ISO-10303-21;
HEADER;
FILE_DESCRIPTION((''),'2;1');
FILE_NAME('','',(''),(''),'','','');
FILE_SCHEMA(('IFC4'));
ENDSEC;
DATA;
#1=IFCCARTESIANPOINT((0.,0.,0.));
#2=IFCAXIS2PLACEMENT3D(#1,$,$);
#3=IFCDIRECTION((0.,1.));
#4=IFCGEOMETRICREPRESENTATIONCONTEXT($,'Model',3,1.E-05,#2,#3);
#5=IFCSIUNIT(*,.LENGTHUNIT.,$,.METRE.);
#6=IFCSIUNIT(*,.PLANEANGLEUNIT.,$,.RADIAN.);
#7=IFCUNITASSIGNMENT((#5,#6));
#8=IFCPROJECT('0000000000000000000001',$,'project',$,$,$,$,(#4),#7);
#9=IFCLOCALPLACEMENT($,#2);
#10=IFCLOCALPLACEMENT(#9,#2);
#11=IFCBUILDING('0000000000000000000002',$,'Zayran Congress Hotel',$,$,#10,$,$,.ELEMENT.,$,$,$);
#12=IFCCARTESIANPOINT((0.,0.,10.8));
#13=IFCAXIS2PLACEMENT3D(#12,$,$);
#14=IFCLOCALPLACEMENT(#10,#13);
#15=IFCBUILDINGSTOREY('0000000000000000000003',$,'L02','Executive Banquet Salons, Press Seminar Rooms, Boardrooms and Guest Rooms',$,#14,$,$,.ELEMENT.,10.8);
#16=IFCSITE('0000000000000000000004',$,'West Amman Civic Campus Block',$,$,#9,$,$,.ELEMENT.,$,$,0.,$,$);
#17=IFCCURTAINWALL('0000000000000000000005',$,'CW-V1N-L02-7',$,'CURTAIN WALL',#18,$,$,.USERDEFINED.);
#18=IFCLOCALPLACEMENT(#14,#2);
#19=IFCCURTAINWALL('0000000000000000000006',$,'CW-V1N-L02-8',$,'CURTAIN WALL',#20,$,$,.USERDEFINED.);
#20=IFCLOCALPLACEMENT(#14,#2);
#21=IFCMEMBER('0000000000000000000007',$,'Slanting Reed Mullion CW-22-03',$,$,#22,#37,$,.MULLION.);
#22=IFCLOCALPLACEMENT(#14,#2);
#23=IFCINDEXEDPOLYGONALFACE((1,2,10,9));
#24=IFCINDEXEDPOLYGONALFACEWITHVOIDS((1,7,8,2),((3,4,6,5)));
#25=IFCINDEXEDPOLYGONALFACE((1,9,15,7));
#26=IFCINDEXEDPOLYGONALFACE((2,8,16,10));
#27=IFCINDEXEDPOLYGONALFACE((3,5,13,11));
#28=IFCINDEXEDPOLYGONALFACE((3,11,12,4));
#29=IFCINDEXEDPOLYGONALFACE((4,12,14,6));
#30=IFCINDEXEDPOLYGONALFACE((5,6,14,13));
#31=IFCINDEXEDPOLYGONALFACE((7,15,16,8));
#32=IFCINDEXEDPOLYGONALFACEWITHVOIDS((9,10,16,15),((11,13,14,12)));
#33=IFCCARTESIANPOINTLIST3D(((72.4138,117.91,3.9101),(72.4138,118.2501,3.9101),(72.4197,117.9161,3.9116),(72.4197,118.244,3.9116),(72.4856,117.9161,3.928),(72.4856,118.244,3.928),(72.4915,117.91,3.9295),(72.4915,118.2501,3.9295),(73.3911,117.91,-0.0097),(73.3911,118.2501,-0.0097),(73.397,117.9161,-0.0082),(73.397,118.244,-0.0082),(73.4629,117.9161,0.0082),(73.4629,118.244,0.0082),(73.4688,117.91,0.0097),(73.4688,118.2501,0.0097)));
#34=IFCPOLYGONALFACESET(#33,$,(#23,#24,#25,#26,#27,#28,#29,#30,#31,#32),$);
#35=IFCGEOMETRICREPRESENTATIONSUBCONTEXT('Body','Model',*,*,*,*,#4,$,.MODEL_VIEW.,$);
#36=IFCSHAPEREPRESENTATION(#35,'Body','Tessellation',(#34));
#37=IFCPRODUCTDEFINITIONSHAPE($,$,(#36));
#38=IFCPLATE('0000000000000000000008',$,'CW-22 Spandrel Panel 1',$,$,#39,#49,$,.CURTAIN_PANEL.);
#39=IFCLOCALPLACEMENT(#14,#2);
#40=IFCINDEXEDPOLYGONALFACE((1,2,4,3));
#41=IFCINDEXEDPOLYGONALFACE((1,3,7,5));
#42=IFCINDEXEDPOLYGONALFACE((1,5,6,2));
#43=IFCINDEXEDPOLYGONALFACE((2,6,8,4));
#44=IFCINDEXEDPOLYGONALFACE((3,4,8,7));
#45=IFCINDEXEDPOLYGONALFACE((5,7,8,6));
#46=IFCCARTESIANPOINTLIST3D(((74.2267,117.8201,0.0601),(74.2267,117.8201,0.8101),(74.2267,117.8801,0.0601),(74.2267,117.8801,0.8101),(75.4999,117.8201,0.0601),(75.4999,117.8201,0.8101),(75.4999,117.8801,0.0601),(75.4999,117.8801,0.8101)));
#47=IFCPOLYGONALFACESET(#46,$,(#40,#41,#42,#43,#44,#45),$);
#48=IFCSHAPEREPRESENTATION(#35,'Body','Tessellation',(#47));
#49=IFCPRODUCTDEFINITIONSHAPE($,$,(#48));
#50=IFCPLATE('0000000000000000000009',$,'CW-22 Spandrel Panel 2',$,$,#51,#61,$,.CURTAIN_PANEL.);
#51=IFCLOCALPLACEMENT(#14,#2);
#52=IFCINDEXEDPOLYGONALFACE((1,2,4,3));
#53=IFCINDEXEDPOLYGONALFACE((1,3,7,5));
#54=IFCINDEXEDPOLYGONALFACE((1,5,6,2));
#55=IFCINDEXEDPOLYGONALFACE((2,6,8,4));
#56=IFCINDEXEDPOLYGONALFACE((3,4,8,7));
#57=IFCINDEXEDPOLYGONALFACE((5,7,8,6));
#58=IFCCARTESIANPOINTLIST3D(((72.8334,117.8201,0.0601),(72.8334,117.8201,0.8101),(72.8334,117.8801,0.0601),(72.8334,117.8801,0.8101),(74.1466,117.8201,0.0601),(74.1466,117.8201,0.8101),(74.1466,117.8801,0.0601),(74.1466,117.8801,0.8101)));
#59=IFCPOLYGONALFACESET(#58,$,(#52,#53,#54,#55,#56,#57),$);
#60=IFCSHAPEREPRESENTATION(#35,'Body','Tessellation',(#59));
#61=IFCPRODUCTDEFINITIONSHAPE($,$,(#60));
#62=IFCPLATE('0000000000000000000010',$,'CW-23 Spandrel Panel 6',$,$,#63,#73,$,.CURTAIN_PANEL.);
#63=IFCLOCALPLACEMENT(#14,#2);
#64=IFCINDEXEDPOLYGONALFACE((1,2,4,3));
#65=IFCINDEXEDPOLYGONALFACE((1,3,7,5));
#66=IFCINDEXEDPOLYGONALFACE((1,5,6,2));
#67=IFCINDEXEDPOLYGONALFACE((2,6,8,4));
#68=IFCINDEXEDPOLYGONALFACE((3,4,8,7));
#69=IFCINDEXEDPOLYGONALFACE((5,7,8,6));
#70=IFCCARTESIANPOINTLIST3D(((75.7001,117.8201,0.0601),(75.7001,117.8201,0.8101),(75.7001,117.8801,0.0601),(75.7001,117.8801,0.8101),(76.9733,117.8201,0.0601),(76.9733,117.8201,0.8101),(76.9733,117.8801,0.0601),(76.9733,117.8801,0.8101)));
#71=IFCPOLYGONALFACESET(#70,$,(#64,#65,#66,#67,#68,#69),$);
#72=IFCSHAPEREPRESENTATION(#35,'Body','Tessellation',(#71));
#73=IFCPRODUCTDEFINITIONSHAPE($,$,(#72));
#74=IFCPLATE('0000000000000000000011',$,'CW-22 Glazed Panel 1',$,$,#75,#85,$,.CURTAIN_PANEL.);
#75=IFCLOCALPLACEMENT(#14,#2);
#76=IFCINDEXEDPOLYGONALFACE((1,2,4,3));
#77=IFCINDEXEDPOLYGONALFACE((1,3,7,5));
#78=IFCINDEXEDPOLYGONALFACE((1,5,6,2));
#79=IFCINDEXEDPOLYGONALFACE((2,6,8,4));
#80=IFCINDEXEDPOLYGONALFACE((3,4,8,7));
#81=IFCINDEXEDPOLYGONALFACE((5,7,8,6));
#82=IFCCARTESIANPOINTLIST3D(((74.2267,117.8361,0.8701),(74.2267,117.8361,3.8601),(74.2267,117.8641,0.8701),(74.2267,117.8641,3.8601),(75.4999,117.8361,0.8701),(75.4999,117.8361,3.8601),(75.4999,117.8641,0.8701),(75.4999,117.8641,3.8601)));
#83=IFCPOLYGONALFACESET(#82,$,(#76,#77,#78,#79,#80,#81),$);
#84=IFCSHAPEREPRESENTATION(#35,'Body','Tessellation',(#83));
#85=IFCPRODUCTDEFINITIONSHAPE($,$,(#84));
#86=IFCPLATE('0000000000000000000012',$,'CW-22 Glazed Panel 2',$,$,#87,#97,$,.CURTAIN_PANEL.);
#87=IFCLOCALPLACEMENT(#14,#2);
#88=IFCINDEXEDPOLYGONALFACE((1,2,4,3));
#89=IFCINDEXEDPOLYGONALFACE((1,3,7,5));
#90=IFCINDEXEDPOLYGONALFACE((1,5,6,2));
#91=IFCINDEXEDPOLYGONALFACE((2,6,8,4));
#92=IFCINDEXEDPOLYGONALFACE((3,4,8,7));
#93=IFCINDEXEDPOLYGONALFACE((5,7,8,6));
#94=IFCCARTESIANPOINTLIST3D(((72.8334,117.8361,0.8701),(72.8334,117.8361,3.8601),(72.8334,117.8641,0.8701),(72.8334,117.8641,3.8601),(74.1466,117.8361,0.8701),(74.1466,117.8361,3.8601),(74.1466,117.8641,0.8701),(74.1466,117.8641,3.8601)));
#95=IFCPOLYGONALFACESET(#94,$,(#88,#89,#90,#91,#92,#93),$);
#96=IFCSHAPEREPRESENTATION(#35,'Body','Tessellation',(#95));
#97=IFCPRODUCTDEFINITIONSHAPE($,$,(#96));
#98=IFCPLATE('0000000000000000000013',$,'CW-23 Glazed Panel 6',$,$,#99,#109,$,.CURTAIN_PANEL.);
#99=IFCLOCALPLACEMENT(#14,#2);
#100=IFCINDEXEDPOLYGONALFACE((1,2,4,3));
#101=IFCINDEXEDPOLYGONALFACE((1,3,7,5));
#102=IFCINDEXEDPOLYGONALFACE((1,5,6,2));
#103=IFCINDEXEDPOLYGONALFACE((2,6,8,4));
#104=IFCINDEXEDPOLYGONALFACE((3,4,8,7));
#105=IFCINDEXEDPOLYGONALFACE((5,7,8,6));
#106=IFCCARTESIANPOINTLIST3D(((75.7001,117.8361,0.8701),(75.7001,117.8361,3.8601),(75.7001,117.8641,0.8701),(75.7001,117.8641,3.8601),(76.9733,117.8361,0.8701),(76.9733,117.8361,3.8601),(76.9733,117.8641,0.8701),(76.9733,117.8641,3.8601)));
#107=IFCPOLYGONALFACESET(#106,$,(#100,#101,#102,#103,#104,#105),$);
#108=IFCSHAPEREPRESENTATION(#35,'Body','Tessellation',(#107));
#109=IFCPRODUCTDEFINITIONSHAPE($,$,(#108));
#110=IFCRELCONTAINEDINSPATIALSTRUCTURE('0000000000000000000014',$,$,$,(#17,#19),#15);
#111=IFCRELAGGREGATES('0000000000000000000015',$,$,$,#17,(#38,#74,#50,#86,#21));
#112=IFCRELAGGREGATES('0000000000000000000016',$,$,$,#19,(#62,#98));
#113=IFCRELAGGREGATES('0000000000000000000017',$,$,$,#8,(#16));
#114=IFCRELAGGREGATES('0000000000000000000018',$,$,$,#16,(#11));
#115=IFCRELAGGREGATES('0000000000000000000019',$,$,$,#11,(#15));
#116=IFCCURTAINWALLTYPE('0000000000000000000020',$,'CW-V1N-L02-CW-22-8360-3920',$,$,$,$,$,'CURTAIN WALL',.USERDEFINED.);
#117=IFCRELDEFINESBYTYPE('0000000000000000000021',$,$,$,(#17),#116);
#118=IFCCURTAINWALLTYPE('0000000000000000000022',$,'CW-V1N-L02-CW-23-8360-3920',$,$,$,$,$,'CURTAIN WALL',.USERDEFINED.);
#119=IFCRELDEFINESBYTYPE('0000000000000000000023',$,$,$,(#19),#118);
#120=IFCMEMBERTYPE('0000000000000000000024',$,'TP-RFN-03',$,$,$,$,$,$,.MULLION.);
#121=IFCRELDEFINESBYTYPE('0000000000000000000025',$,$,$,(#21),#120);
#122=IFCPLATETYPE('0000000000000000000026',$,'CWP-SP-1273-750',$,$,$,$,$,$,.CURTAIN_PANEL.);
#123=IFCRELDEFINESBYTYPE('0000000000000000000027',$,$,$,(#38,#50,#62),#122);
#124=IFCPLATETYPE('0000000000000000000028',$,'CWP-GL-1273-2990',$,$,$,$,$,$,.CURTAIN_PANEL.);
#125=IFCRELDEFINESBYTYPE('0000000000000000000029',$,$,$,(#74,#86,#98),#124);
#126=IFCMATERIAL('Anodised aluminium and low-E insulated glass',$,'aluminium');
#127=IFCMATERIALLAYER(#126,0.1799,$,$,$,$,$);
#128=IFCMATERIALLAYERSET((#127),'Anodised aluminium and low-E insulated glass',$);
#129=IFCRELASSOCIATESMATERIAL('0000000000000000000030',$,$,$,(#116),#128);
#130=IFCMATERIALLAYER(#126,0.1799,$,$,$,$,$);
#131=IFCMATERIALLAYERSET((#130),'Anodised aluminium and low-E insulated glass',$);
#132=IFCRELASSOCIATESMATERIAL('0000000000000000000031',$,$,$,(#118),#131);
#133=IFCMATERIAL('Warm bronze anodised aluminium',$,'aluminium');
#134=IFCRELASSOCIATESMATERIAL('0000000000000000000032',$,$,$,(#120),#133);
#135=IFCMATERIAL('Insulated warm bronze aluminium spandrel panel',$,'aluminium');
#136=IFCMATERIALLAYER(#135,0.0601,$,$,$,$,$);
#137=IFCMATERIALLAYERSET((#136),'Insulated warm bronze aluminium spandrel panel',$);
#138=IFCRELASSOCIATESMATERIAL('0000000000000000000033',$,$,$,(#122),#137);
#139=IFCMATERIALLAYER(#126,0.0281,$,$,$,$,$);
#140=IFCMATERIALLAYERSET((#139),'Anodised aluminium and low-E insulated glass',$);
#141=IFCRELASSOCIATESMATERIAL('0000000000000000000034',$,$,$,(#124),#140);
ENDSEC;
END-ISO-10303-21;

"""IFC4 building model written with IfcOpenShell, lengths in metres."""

from ifc_helpers import new_model, si_unit, direction, frame, origin, origin_2d, place, context, subcontext, project, spatial, rectangle, hollow_rectangle, extrude, material, layer, layer_set, material_profile, profile_set, type_object, element, aggregate, save


model = new_model("IFC4")

# Units and contexts
model_context = context("Model", 3, precision=1e-05, world=origin(), true_north=direction((0.0, 1.0)))
body_context = subcontext(model_context, "Body", "Model", "MODEL_VIEW")
ifc_project = project(units=[si_unit("LENGTHUNIT", "METRE"), si_unit("PLANEANGLEUNIT", "RADIAN")], contexts=[model_context])

# Site, building, storey
site_placement = place(None, origin())
site = spatial("IfcSite", under=ifc_project, at=site_placement, Name="West Amman Civic Campus Block", CompositionType="ELEMENT", RefElevation=0.0)
building_placement = place(site_placement, origin())
building = spatial("IfcBuilding", under=site, at=building_placement, Name="Zayran Congress Hotel", CompositionType="ELEMENT")
storey_placement = place(building_placement, frame((0.0, 0.0, 10.8)))
storey = spatial("IfcBuildingStorey", under=building, at=storey_placement, Name="L02", Description="Executive Banquet Salons, Press Seminar Rooms, Boardrooms and Guest Rooms", CompositionType="ELEMENT", Elevation=10.8)

# Curtain walls
ifc_material_1 = material(Name="Anodised aluminium and low-E insulated glass", Category="aluminium")
ifc_layer_1 = layer(ifc_material_1, 0.1799)
ifc_layer_set_1 = layer_set([ifc_layer_1], Name="Anodised aluminium and low-E insulated glass")
curtain_wall_type_1 = type_object("IfcCurtainWallType", Name="CW-V1N-L02-CW-22-8360-3920", ElementType="CURTAIN WALL", PredefinedType="USERDEFINED", material=ifc_layer_set_1)
curtain_wall_1_placement = place(storey_placement, origin())
curtain_wall_1 = element("IfcCurtainWall", 1, at=curtain_wall_1_placement, inside=storey, type_object=curtain_wall_type_1, Name="CW-V1N-L02-7", ObjectType="CURTAIN WALL", PredefinedType="USERDEFINED")
ifc_layer_2 = layer(ifc_material_1, 0.1799)
ifc_layer_set_2 = layer_set([ifc_layer_2], Name="Anodised aluminium and low-E insulated glass")
curtain_wall_type_2 = type_object("IfcCurtainWallType", Name="CW-V1N-L02-CW-23-8360-3920", ElementType="CURTAIN WALL", PredefinedType="USERDEFINED", material=ifc_layer_set_2)
curtain_wall_2_placement = place(storey_placement, origin())
curtain_wall_2 = element("IfcCurtainWall", 2, at=curtain_wall_2_placement, inside=storey, type_object=curtain_wall_type_2, Name="CW-V1N-L02-8", ObjectType="CURTAIN WALL", PredefinedType="USERDEFINED")

# Member
ifc_material_2 = material(Name="Warm bronze anodised aluminium", Category="aluminium")
ifc_material_profile_1 = material_profile(ifc_material_2, hollow_rectangle(XDim=0.0801, YDim=0.3401, WallThickness=0.0061, at=origin_2d()), Name="RHS 340x80x6")
ifc_profile_set_1 = profile_set([ifc_material_profile_1], Name="Warm bronze anodised aluminium")
member_type_1 = type_object("IfcMemberType", Name="TP-RFN-03", PredefinedType="MULLION", material=ifc_profile_set_1)
member_1_placement = place(storey_placement, frame((73.4299, 118.0801, 0.0), z_axis=(-0.24191, 0.0, 0.970299), x_axis=(0.970299, 0.0, 0.24191)))
member_1 = element("IfcMember", 3, at=member_1_placement, type_object=member_type_1, Name="Slanting Reed Mullion CW-22-03", PredefinedType="MULLION", context=body_context, shape_type="SweptSolid", body=[
    extrude(hollow_rectangle(XDim=0.0801, YDim=0.3401, WallThickness=0.0061, at=origin_2d()), origin(), (0.0, 0.0, 1.0), 4.0398),
])

# Plates
ifc_material_3 = material(Name="Insulated warm bronze aluminium spandrel panel", Category="aluminium")
ifc_layer_3 = layer(ifc_material_3, 0.0601)
ifc_layer_set_3 = layer_set([ifc_layer_3], Name="Insulated warm bronze aluminium spandrel panel")
plate_type_1 = type_object("IfcPlateType", Name="CWP-SP-1273-750", PredefinedType="CURTAIN_PANEL", material=ifc_layer_set_3)
plate_1_placement = place(storey_placement, frame((74.8633, 117.8501, 0.0601), z_axis=(0.0, 0.0, 1.0), x_axis=(1.0, 0.0, 0.0)))
plate_1 = element("IfcPlate", 4, at=plate_1_placement, type_object=plate_type_1, Name="CW-22 Spandrel Panel 1", PredefinedType="CURTAIN_PANEL", context=body_context, shape_type="SweptSolid", body=[
    extrude(rectangle(XDim=1.2732, YDim=0.0601, at=origin_2d()), origin(), (0.0, 0.0, 1.0), 0.75),
])
plate_2_placement = place(storey_placement, frame((73.49, 117.8501, 0.0601), z_axis=(0.0, 0.0, 1.0), x_axis=(1.0, 0.0, 0.0)))
plate_2 = element("IfcPlate", 5, at=plate_2_placement, type_object=plate_type_1, Name="CW-22 Spandrel Panel 2", PredefinedType="CURTAIN_PANEL", context=body_context, shape_type="SweptSolid", body=[
    extrude(rectangle(XDim=1.3132, YDim=0.0601, at=origin_2d()), origin(), (0.0, 0.0, 1.0), 0.75),
])
plate_3_placement = place(storey_placement, frame((76.3367, 117.8501, 0.0601), z_axis=(0.0, 0.0, 1.0), x_axis=(1.0, 0.0, 0.0)))
plate_3 = element("IfcPlate", 6, at=plate_3_placement, type_object=plate_type_1, Name="CW-23 Spandrel Panel 6", PredefinedType="CURTAIN_PANEL", context=body_context, shape_type="SweptSolid", body=[
    extrude(rectangle(XDim=1.2732, YDim=0.0601, at=origin_2d()), origin(), (0.0, 0.0, 1.0), 0.75),
])
ifc_layer_4 = layer(ifc_material_1, 0.0281)
ifc_layer_set_4 = layer_set([ifc_layer_4], Name="Anodised aluminium and low-E insulated glass")
plate_type_2 = type_object("IfcPlateType", Name="CWP-GL-1273-2990", PredefinedType="CURTAIN_PANEL", material=ifc_layer_set_4)
plate_4_placement = place(storey_placement, frame((74.8633, 117.8501, 0.8701), z_axis=(0.0, 0.0, 1.0), x_axis=(1.0, 0.0, 0.0)))
plate_4 = element("IfcPlate", 7, at=plate_4_placement, type_object=plate_type_2, Name="CW-22 Glazed Panel 1", PredefinedType="CURTAIN_PANEL", context=body_context, shape_type="SweptSolid", body=[
    extrude(rectangle(XDim=1.2732, YDim=0.0281, at=origin_2d()), origin(), (0.0, 0.0, 1.0), 2.99),
])
plate_5_placement = place(storey_placement, frame((73.49, 117.8501, 0.8701), z_axis=(0.0, 0.0, 1.0), x_axis=(1.0, 0.0, 0.0)))
plate_5 = element("IfcPlate", 8, at=plate_5_placement, type_object=plate_type_2, Name="CW-22 Glazed Panel 2", PredefinedType="CURTAIN_PANEL", context=body_context, shape_type="SweptSolid", body=[
    extrude(rectangle(XDim=1.3132, YDim=0.0281, at=origin_2d()), origin(), (0.0, 0.0, 1.0), 2.99),
])
aggregate(curtain_wall_1, [plate_1, plate_4, plate_2, plate_5, member_1])
plate_6_placement = place(storey_placement, frame((76.3367, 117.8501, 0.8701), z_axis=(0.0, 0.0, 1.0), x_axis=(1.0, 0.0, 0.0)))
plate_6 = element("IfcPlate", 9, at=plate_6_placement, type_object=plate_type_2, Name="CW-23 Glazed Panel 6", PredefinedType="CURTAIN_PANEL", context=body_context, shape_type="SweptSolid", body=[
    extrude(rectangle(XDim=1.2732, YDim=0.0281, at=origin_2d()), origin(), (0.0, 0.0, 1.0), 2.99),
])
aggregate(curtain_wall_2, [plate_3, plate_6])

save(model, "model.ifc")
